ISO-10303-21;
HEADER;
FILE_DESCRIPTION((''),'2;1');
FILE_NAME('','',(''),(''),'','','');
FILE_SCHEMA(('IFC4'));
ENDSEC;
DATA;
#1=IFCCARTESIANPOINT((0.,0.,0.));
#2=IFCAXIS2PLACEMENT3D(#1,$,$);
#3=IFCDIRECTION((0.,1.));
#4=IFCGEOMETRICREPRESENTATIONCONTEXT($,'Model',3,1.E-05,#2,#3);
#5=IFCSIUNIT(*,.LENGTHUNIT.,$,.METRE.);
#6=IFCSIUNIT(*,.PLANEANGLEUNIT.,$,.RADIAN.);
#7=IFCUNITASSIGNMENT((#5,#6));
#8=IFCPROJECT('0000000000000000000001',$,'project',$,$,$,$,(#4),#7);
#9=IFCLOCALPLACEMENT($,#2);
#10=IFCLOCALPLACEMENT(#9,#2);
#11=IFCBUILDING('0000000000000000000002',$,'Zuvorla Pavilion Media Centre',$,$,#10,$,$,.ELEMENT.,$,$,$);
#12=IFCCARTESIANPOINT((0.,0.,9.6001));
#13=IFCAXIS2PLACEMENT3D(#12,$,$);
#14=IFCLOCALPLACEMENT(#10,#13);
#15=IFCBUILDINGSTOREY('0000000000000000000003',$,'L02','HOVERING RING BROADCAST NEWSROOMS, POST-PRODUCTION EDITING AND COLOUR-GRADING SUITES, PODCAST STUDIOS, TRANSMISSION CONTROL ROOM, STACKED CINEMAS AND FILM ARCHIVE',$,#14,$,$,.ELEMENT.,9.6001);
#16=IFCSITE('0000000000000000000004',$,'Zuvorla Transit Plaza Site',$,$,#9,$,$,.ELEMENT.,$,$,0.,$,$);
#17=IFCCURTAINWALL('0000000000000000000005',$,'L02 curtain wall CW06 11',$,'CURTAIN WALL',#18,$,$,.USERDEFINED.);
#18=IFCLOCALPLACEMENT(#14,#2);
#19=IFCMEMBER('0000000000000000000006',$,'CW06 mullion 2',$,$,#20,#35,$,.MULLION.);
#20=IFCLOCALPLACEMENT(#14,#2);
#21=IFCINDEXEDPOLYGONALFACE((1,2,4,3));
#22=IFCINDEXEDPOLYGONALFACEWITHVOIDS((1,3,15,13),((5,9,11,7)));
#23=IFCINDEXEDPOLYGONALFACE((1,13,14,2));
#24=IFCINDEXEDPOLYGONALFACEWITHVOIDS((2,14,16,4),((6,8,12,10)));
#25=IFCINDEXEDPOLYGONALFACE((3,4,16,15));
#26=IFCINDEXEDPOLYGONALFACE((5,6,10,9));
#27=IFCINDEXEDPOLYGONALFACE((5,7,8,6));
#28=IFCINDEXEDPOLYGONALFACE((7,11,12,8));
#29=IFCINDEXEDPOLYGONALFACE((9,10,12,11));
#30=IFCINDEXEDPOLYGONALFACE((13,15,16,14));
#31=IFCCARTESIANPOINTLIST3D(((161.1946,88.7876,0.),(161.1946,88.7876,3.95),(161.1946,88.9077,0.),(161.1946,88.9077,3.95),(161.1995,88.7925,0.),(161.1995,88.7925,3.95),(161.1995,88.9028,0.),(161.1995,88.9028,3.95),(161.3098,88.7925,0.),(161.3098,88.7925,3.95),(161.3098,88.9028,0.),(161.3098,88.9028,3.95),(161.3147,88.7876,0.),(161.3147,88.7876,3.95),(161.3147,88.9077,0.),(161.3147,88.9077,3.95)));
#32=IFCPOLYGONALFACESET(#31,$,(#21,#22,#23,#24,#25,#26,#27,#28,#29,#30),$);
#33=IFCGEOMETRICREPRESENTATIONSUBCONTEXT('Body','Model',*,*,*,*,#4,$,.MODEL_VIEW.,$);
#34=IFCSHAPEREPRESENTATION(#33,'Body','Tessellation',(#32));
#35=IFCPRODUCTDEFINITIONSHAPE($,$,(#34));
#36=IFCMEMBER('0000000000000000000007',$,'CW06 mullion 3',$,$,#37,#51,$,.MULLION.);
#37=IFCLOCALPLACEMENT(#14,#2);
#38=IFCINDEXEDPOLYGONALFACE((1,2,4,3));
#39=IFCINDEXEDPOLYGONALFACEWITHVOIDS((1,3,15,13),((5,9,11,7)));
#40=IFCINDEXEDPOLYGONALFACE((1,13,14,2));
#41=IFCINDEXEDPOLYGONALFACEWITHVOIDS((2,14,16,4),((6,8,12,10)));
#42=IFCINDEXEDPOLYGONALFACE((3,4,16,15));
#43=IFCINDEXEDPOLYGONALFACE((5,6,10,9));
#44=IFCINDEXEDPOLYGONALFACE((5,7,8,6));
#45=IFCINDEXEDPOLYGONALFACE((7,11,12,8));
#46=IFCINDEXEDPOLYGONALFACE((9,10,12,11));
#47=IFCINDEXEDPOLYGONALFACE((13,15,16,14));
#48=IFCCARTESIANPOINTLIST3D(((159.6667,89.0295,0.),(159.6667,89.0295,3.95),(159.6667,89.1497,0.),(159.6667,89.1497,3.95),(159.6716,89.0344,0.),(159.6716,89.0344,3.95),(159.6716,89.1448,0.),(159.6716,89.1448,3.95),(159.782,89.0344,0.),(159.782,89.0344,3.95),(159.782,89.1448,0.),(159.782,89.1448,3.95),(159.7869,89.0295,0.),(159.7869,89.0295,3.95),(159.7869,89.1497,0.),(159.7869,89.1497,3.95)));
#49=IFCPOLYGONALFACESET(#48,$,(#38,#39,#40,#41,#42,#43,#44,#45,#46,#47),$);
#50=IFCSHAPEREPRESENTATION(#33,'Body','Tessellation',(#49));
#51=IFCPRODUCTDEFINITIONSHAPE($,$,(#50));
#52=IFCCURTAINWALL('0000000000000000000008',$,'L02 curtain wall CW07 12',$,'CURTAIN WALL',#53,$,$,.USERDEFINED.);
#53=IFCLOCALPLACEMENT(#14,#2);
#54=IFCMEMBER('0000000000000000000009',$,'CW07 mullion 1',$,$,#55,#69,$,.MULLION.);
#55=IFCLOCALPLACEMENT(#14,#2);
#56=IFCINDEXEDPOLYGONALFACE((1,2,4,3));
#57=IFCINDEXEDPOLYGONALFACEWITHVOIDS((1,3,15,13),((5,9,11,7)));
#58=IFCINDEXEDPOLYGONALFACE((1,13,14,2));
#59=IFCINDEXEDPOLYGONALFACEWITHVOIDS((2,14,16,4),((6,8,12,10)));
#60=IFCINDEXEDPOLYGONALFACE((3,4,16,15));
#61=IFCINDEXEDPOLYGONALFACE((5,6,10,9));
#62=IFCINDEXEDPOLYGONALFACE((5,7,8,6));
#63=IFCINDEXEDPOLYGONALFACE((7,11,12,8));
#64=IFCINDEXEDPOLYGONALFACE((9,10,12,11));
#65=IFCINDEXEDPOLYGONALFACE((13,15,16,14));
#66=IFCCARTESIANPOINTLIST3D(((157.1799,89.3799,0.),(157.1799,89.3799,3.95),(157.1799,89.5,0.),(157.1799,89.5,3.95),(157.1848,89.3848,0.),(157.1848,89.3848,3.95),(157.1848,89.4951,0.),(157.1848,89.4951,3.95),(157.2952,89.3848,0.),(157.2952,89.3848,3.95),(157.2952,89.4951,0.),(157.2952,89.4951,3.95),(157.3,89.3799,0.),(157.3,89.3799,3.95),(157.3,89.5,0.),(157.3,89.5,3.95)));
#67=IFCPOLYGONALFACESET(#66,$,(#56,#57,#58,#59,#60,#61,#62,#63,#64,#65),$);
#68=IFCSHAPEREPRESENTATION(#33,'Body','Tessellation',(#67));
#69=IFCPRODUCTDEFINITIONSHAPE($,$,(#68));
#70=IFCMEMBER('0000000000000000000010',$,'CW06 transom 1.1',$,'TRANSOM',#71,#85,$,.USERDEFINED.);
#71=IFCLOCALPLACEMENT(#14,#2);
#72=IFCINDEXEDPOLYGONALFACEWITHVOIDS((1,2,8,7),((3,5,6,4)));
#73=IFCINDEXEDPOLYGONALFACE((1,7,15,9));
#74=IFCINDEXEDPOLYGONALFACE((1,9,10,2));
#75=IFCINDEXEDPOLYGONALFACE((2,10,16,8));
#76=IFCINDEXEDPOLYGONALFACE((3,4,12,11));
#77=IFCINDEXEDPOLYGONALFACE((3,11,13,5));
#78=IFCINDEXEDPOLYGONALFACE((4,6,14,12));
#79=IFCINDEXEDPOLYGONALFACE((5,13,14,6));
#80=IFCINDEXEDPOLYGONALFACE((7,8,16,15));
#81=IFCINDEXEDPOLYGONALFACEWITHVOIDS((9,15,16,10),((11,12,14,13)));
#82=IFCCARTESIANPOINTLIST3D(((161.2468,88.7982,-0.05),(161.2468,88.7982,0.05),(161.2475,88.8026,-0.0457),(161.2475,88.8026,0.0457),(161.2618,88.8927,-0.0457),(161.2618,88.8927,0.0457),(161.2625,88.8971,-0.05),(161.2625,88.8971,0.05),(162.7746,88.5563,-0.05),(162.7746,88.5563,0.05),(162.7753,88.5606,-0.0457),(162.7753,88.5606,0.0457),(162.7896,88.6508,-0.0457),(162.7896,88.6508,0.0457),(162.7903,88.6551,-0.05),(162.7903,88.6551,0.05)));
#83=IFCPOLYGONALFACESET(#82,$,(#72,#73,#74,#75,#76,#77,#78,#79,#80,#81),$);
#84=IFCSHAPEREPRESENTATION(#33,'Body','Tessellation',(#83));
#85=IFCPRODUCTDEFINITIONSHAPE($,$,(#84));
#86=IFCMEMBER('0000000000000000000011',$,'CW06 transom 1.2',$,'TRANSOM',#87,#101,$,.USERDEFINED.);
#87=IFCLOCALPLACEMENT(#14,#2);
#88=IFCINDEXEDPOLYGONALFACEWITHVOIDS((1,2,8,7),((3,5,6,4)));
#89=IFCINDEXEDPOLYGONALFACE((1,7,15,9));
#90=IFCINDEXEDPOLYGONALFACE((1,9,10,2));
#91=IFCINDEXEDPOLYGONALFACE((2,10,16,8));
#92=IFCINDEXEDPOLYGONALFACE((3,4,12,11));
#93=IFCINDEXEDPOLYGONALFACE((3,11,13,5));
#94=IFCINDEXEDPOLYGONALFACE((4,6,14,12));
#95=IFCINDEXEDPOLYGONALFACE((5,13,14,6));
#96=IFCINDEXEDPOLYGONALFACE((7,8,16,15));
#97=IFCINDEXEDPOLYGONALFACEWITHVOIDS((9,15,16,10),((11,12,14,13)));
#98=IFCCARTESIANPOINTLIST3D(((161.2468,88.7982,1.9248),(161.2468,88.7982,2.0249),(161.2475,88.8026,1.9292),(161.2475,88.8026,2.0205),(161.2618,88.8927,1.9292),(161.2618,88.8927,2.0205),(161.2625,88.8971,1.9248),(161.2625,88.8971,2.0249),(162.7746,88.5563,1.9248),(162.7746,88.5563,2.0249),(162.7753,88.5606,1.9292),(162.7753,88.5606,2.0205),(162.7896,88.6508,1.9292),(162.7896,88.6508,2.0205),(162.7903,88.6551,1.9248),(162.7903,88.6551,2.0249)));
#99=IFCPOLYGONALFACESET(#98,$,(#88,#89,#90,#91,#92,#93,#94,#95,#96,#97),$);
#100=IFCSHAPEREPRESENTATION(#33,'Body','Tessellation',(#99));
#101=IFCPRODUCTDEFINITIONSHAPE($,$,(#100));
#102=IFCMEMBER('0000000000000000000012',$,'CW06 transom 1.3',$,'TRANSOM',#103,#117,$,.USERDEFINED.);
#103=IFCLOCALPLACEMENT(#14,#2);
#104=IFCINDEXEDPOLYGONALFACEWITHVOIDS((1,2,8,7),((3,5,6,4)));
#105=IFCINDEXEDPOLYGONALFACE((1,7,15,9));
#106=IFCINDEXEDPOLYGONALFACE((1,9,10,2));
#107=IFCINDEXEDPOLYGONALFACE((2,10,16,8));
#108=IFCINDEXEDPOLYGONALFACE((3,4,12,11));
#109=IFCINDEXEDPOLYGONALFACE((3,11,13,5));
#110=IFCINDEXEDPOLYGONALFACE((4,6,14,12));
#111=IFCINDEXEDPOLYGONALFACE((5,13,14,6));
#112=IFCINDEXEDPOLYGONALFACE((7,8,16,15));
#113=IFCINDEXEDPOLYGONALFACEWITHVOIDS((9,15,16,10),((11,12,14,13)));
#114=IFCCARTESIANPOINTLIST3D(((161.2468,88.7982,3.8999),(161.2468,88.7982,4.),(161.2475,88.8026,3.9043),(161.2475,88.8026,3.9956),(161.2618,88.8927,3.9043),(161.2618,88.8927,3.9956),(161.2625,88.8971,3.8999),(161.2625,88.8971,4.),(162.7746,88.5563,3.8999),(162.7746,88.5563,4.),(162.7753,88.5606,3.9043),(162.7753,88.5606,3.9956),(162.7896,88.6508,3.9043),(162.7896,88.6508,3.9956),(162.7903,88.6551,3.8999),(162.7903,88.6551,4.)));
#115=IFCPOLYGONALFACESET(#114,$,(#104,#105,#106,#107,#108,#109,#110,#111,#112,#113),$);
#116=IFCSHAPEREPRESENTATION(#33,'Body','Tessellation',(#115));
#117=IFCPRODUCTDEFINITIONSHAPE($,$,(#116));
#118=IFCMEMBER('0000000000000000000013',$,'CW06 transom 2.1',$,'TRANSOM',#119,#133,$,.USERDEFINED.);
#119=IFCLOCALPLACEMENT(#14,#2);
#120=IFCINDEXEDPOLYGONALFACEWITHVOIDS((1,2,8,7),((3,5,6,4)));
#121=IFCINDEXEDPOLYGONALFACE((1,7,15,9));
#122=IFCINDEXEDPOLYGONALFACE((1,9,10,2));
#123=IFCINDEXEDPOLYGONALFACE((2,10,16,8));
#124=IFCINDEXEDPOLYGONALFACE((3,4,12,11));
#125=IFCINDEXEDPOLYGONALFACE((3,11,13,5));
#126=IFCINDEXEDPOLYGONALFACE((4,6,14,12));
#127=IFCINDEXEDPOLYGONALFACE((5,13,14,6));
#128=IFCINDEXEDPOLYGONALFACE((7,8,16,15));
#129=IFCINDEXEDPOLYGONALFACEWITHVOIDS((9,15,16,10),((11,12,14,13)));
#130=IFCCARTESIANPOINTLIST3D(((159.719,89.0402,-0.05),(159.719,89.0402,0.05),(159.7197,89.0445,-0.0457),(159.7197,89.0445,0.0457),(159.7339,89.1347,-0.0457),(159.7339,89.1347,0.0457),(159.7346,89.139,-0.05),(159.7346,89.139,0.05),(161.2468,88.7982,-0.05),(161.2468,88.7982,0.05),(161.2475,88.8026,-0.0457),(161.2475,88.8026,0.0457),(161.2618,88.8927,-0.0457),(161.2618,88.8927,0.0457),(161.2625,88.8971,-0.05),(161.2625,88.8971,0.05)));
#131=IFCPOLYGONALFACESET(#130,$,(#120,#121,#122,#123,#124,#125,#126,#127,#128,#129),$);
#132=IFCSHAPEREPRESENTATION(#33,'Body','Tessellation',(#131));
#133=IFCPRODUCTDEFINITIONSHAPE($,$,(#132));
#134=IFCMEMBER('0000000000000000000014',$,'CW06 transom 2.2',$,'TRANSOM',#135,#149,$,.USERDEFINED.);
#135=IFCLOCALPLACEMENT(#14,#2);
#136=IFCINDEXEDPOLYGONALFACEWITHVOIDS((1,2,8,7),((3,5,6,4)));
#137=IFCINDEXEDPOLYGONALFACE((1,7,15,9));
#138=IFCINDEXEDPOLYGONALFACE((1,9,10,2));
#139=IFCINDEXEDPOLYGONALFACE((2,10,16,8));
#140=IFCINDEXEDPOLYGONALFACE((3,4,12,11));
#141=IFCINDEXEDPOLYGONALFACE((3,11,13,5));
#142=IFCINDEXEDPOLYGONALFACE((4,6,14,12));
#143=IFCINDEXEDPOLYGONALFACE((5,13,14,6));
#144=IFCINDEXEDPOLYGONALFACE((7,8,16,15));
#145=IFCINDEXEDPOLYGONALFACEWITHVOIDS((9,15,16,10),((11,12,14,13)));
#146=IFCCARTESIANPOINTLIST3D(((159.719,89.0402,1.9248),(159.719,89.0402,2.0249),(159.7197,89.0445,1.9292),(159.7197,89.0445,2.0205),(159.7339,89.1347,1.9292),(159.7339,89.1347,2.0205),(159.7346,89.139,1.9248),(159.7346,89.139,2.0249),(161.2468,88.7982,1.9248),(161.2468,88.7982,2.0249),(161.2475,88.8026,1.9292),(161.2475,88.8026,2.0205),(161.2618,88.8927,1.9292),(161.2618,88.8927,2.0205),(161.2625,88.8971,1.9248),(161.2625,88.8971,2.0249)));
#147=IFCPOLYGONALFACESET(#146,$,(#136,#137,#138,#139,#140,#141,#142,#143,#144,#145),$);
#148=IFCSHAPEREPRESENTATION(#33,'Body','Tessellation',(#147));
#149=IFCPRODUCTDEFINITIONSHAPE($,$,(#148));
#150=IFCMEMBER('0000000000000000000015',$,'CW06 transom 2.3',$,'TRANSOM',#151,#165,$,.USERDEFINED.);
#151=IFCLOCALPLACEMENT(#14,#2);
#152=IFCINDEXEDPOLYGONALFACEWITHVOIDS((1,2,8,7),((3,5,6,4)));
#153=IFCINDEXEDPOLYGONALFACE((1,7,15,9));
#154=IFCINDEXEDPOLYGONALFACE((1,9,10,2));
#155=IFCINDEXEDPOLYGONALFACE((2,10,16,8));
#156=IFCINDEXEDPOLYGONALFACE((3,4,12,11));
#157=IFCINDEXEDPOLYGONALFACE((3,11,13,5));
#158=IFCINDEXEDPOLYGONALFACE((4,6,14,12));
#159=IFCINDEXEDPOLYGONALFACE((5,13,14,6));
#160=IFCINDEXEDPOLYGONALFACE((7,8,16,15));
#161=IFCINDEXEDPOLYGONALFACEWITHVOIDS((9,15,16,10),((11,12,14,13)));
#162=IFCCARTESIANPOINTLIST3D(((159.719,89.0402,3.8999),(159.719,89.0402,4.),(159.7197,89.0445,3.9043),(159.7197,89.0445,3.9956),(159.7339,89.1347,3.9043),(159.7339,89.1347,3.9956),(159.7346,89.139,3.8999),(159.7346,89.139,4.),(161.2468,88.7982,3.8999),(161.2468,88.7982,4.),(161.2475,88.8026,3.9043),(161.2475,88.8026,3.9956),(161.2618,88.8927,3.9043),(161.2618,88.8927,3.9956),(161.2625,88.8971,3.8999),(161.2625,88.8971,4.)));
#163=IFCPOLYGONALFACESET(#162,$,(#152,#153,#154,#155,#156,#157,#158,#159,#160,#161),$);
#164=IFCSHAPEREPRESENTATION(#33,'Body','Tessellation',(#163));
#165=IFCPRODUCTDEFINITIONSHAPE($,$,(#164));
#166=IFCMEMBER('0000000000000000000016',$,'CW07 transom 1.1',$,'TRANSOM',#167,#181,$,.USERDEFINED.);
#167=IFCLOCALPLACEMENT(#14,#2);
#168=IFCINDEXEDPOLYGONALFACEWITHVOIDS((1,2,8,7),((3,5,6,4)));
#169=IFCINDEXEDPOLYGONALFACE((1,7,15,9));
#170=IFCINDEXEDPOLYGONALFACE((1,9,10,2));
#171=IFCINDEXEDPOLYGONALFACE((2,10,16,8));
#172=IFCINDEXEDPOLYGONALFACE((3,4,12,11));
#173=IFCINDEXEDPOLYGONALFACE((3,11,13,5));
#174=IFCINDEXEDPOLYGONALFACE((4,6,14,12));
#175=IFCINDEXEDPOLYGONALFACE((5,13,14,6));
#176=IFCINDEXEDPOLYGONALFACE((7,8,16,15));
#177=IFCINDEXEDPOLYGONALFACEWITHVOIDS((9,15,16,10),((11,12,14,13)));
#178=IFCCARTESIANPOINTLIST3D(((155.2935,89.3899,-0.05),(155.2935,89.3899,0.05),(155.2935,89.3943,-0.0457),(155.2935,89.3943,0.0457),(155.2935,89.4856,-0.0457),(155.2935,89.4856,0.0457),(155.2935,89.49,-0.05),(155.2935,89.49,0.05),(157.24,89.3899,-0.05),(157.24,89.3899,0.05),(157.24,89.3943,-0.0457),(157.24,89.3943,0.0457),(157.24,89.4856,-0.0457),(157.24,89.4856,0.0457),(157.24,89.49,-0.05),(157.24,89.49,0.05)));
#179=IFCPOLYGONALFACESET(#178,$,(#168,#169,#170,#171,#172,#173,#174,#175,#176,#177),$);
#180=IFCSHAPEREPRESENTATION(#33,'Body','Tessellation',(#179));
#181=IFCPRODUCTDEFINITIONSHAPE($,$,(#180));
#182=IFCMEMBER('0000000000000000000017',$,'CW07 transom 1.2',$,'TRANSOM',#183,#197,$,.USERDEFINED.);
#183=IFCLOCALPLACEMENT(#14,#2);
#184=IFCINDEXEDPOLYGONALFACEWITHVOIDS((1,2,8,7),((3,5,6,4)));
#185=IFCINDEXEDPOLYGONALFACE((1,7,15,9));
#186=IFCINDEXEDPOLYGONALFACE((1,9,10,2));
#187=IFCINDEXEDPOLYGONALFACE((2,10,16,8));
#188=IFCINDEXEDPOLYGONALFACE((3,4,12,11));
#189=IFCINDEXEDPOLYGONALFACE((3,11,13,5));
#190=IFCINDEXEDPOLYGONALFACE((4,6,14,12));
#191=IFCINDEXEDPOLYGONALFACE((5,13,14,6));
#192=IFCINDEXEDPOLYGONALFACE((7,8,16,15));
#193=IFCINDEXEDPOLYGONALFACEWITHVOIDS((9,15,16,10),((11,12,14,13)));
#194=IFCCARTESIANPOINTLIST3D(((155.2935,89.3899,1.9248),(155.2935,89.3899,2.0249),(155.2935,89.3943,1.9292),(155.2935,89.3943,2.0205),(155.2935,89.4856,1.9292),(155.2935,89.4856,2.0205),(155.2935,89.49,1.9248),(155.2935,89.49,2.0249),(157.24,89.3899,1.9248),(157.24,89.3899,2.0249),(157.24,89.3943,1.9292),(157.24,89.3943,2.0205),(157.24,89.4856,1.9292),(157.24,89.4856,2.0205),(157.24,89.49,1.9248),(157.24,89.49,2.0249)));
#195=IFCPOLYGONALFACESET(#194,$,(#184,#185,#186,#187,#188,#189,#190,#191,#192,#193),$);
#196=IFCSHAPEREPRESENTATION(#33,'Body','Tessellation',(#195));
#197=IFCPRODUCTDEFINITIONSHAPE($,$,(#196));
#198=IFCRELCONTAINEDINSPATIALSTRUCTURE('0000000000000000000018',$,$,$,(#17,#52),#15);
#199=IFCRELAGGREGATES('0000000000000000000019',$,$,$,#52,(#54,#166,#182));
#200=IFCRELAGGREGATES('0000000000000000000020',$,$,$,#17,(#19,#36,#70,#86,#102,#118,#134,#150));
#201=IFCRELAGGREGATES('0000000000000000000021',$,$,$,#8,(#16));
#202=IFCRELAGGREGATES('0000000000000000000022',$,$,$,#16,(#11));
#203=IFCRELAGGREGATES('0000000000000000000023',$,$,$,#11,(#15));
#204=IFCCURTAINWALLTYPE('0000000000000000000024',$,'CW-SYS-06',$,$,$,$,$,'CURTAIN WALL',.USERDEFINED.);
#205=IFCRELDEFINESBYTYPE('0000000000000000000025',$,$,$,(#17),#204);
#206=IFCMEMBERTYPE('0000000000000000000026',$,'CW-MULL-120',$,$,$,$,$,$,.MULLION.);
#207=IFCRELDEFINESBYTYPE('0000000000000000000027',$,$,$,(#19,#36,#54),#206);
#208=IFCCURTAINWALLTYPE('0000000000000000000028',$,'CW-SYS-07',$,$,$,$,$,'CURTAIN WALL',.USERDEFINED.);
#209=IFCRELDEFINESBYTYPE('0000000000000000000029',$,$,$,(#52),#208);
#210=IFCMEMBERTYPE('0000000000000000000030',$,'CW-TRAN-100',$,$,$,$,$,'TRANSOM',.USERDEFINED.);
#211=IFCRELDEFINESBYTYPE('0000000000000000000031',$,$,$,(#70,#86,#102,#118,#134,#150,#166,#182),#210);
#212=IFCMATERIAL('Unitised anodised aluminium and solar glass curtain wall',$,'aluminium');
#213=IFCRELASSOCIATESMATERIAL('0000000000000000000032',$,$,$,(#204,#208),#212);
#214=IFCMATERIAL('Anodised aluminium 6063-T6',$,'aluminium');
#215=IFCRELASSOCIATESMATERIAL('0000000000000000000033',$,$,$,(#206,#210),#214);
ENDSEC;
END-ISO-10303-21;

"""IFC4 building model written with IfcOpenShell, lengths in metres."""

from ifc_helpers import new_model, si_unit, direction, frame, origin, origin_2d, place, context, subcontext, project, spatial, hollow_rectangle, extrude, material, material_profile, profile_set, type_object, element, aggregate, save


model = new_model("IFC4")

# Units and contexts
model_context = context("Model", 3, precision=1e-05, world=origin(), true_north=direction((0.0, 1.0)))
body_context = subcontext(model_context, "Body", "Model", "MODEL_VIEW")
ifc_project = project(units=[si_unit("LENGTHUNIT", "METRE"), si_unit("PLANEANGLEUNIT", "RADIAN")], contexts=[model_context])

# Site, building, storey
site_placement = place(None, origin())
site = spatial("IfcSite", under=ifc_project, at=site_placement, Name="Zuvorla Transit Plaza Site", CompositionType="ELEMENT", RefElevation=0.0)
building_placement = place(site_placement, origin())
building = spatial("IfcBuilding", under=site, at=building_placement, Name="Zuvorla Pavilion Media Centre", CompositionType="ELEMENT")
storey_placement = place(building_placement, frame((0.0, 0.0, 9.6001)))
storey = spatial("IfcBuildingStorey", under=building, at=storey_placement, Name="L02", Description="HOVERING RING BROADCAST NEWSROOMS, POST-PRODUCTION EDITING AND COLOUR-GRADING SUITES, PODCAST STUDIOS, TRANSMISSION CONTROL ROOM, STACKED CINEMAS AND FILM ARCHIVE", CompositionType="ELEMENT", Elevation=9.6001)

# Shared definitions
ifc_material_1 = material(Name="Unitised anodised aluminium and solar glass curtain wall", Category="aluminium")
ifc_material_2 = material(Name="Anodised aluminium 6063-T6", Category="aluminium")

# Curtain wall, members
curtain_wall_type_1 = type_object("IfcCurtainWallType", Name="CW-SYS-06", ElementType="CURTAIN WALL", PredefinedType="USERDEFINED", material=ifc_material_1)
curtain_wall_1_placement = place(storey_placement, origin())
curtain_wall_1 = element("IfcCurtainWall", 1, at=curtain_wall_1_placement, inside=storey, type_object=curtain_wall_type_1, Name="L02 curtain wall CW06 11", ObjectType="CURTAIN WALL", PredefinedType="USERDEFINED")
ifc_material_profile_1 = material_profile(ifc_material_2, hollow_rectangle(XDim=0.1201, YDim=0.1201, WallThickness=0.0049, at=origin_2d()), Name="ALU MULL 120x120")
ifc_profile_set_1 = profile_set([ifc_material_profile_1], Name="Anodised aluminium 6063-T6")
member_type_1 = type_object("IfcMemberType", Name="CW-MULL-120", PredefinedType="MULLION", material=ifc_profile_set_1)
member_1_placement = place(storey_placement, frame((161.2546, 88.8477, 0.0), z_axis=(0.0, 0.0, 1.0), x_axis=(1.0, 0.0, 0.0)))
member_1 = element("IfcMember", 2, at=member_1_placement, type_object=member_type_1, Name="CW06 mullion 2", PredefinedType="MULLION", context=body_context, shape_type="SweptSolid", body=[
    extrude(hollow_rectangle(XDim=0.1201, YDim=0.1201, WallThickness=0.0049, at=origin_2d()), origin(), (0.0, 0.0, 1.0), 3.95),
])
member_2_placement = place(storey_placement, frame((159.7268, 89.0896, 0.0), z_axis=(0.0, 0.0, 1.0), x_axis=(1.0, 0.0, 0.0)))
member_2 = element("IfcMember", 3, at=member_2_placement, type_object=member_type_1, Name="CW06 mullion 3", PredefinedType="MULLION", context=body_context, shape_type="SweptSolid", body=[
    extrude(hollow_rectangle(XDim=0.1201, YDim=0.1201, WallThickness=0.0049, at=origin_2d()), origin(), (0.0, 0.0, 1.0), 3.95),
])

# Curtain wall, member
curtain_wall_type_2 = type_object("IfcCurtainWallType", Name="CW-SYS-07", ElementType="CURTAIN WALL", PredefinedType="USERDEFINED", material=ifc_material_1)
curtain_wall_2_placement = place(storey_placement, origin())
curtain_wall_2 = element("IfcCurtainWall", 4, at=curtain_wall_2_placement, inside=storey, type_object=curtain_wall_type_2, Name="L02 curtain wall CW07 12", ObjectType="CURTAIN WALL", PredefinedType="USERDEFINED")
member_3_placement = place(storey_placement, frame((157.24, 89.4399, 0.0), z_axis=(0.0, 0.0, 1.0), x_axis=(1.0, 0.0, 0.0)))
member_3 = element("IfcMember", 5, at=member_3_placement, type_object=member_type_1, Name="CW07 mullion 1", PredefinedType="MULLION", context=body_context, shape_type="SweptSolid", body=[
    extrude(hollow_rectangle(XDim=0.1201, YDim=0.1201, WallThickness=0.0049, at=origin_2d()), origin(), (0.0, 0.0, 1.0), 3.95),
])

# Members
ifc_material_profile_2 = material_profile(ifc_material_2, hollow_rectangle(XDim=0.1001, YDim=0.1001, WallThickness=0.0044, at=origin_2d()), Name="ALU TRAN 100x100")
ifc_profile_set_2 = profile_set([ifc_material_profile_2], Name="Anodised aluminium 6063-T6")
member_type_2 = type_object("IfcMemberType", Name="CW-TRAN-100", ElementType="TRANSOM", PredefinedType="USERDEFINED", material=ifc_profile_set_2)
member_4_placement = place(storey_placement, frame((162.7825, 88.6057, 0.0), z_axis=(-0.987692, 0.156408, 0.0), x_axis=(-0.156408, -0.987692, 0.0)))
member_4 = element("IfcMember", 6, at=member_4_placement, type_object=member_type_2, Name="CW06 transom 1.1", ObjectType="TRANSOM", PredefinedType="USERDEFINED", context=body_context, shape_type="SweptSolid", body=[
    extrude(hollow_rectangle(XDim=0.1001, YDim=0.1001, WallThickness=0.0044, at=origin_2d()), origin(), (0.0, 0.0, 1.0), 1.5469),
])
member_5_placement = place(storey_placement, frame((162.7825, 88.6057, 1.9749), z_axis=(-0.987692, 0.156408, 0.0), x_axis=(-0.156408, -0.987692, 0.0)))
member_5 = element("IfcMember", 7, at=member_5_placement, type_object=member_type_2, Name="CW06 transom 1.2", ObjectType="TRANSOM", PredefinedType="USERDEFINED", context=body_context, shape_type="SweptSolid", body=[
    extrude(hollow_rectangle(XDim=0.1001, YDim=0.1001, WallThickness=0.0044, at=origin_2d()), origin(), (0.0, 0.0, 1.0), 1.5469),
])
member_6_placement = place(storey_placement, frame((162.7825, 88.6057, 3.95), z_axis=(-0.987692, 0.156408, 0.0), x_axis=(-0.156408, -0.987692, 0.0)))
member_6 = element("IfcMember", 8, at=member_6_placement, type_object=member_type_2, Name="CW06 transom 1.3", ObjectType="TRANSOM", PredefinedType="USERDEFINED", context=body_context, shape_type="SweptSolid", body=[
    extrude(hollow_rectangle(XDim=0.1001, YDim=0.1001, WallThickness=0.0044, at=origin_2d()), origin(), (0.0, 0.0, 1.0), 1.5469),
])
member_7_placement = place(storey_placement, frame((161.2546, 88.8477, 0.0), z_axis=(-0.987692, 0.156408, 0.0), x_axis=(-0.156408, -0.987692, 0.0)))
member_7 = element("IfcMember", 9, at=member_7_placement, type_object=member_type_2, Name="CW06 transom 2.1", ObjectType="TRANSOM", PredefinedType="USERDEFINED", context=body_context, shape_type="SweptSolid", body=[
    extrude(hollow_rectangle(XDim=0.1001, YDim=0.1001, WallThickness=0.0044, at=origin_2d()), origin(), (0.0, 0.0, 1.0), 1.5469),
])
member_8_placement = place(storey_placement, frame((161.2546, 88.8477, 1.9749), z_axis=(-0.987692, 0.156408, 0.0), x_axis=(-0.156408, -0.987692, 0.0)))
member_8 = element("IfcMember", 10, at=member_8_placement, type_object=member_type_2, Name="CW06 transom 2.2", ObjectType="TRANSOM", PredefinedType="USERDEFINED", context=body_context, shape_type="SweptSolid", body=[
    extrude(hollow_rectangle(XDim=0.1001, YDim=0.1001, WallThickness=0.0044, at=origin_2d()), origin(), (0.0, 0.0, 1.0), 1.5469),
])
member_9_placement = place(storey_placement, frame((161.2546, 88.8477, 3.95), z_axis=(-0.987692, 0.156408, 0.0), x_axis=(-0.156408, -0.987692, 0.0)))
member_9 = element("IfcMember", 11, at=member_9_placement, type_object=member_type_2, Name="CW06 transom 2.3", ObjectType="TRANSOM", PredefinedType="USERDEFINED", context=body_context, shape_type="SweptSolid", body=[
    extrude(hollow_rectangle(XDim=0.1001, YDim=0.1001, WallThickness=0.0044, at=origin_2d()), origin(), (0.0, 0.0, 1.0), 1.5469),
])
member_10_placement = place(storey_placement, frame((157.24, 89.4399, 0.0), z_axis=(-1.0, 0.0, 0.0), x_axis=(0.0, -1.0, 0.0)))
member_10 = element("IfcMember", 12, at=member_10_placement, type_object=member_type_2, Name="CW07 transom 1.1", ObjectType="TRANSOM", PredefinedType="USERDEFINED", context=body_context, shape_type="SweptSolid", body=[
    extrude(hollow_rectangle(XDim=0.1001, YDim=0.1001, WallThickness=0.0044, at=origin_2d()), origin(), (0.0, 0.0, 1.0), 1.9465),
])
member_11_placement = place(storey_placement, frame((157.24, 89.4399, 1.9749), z_axis=(-1.0, 0.0, 0.0), x_axis=(0.0, -1.0, 0.0)))
member_11 = element("IfcMember", 13, at=member_11_placement, type_object=member_type_2, Name="CW07 transom 1.2", ObjectType="TRANSOM", PredefinedType="USERDEFINED", context=body_context, shape_type="SweptSolid", body=[
    extrude(hollow_rectangle(XDim=0.1001, YDim=0.1001, WallThickness=0.0044, at=origin_2d()), origin(), (0.0, 0.0, 1.0), 1.9465),
])

aggregate(curtain_wall_2, [member_3, member_10, member_11])
aggregate(curtain_wall_1, [member_1, member_2, member_4, member_5, member_6, member_7, member_8, member_9])

save(model, "model.ifc")
